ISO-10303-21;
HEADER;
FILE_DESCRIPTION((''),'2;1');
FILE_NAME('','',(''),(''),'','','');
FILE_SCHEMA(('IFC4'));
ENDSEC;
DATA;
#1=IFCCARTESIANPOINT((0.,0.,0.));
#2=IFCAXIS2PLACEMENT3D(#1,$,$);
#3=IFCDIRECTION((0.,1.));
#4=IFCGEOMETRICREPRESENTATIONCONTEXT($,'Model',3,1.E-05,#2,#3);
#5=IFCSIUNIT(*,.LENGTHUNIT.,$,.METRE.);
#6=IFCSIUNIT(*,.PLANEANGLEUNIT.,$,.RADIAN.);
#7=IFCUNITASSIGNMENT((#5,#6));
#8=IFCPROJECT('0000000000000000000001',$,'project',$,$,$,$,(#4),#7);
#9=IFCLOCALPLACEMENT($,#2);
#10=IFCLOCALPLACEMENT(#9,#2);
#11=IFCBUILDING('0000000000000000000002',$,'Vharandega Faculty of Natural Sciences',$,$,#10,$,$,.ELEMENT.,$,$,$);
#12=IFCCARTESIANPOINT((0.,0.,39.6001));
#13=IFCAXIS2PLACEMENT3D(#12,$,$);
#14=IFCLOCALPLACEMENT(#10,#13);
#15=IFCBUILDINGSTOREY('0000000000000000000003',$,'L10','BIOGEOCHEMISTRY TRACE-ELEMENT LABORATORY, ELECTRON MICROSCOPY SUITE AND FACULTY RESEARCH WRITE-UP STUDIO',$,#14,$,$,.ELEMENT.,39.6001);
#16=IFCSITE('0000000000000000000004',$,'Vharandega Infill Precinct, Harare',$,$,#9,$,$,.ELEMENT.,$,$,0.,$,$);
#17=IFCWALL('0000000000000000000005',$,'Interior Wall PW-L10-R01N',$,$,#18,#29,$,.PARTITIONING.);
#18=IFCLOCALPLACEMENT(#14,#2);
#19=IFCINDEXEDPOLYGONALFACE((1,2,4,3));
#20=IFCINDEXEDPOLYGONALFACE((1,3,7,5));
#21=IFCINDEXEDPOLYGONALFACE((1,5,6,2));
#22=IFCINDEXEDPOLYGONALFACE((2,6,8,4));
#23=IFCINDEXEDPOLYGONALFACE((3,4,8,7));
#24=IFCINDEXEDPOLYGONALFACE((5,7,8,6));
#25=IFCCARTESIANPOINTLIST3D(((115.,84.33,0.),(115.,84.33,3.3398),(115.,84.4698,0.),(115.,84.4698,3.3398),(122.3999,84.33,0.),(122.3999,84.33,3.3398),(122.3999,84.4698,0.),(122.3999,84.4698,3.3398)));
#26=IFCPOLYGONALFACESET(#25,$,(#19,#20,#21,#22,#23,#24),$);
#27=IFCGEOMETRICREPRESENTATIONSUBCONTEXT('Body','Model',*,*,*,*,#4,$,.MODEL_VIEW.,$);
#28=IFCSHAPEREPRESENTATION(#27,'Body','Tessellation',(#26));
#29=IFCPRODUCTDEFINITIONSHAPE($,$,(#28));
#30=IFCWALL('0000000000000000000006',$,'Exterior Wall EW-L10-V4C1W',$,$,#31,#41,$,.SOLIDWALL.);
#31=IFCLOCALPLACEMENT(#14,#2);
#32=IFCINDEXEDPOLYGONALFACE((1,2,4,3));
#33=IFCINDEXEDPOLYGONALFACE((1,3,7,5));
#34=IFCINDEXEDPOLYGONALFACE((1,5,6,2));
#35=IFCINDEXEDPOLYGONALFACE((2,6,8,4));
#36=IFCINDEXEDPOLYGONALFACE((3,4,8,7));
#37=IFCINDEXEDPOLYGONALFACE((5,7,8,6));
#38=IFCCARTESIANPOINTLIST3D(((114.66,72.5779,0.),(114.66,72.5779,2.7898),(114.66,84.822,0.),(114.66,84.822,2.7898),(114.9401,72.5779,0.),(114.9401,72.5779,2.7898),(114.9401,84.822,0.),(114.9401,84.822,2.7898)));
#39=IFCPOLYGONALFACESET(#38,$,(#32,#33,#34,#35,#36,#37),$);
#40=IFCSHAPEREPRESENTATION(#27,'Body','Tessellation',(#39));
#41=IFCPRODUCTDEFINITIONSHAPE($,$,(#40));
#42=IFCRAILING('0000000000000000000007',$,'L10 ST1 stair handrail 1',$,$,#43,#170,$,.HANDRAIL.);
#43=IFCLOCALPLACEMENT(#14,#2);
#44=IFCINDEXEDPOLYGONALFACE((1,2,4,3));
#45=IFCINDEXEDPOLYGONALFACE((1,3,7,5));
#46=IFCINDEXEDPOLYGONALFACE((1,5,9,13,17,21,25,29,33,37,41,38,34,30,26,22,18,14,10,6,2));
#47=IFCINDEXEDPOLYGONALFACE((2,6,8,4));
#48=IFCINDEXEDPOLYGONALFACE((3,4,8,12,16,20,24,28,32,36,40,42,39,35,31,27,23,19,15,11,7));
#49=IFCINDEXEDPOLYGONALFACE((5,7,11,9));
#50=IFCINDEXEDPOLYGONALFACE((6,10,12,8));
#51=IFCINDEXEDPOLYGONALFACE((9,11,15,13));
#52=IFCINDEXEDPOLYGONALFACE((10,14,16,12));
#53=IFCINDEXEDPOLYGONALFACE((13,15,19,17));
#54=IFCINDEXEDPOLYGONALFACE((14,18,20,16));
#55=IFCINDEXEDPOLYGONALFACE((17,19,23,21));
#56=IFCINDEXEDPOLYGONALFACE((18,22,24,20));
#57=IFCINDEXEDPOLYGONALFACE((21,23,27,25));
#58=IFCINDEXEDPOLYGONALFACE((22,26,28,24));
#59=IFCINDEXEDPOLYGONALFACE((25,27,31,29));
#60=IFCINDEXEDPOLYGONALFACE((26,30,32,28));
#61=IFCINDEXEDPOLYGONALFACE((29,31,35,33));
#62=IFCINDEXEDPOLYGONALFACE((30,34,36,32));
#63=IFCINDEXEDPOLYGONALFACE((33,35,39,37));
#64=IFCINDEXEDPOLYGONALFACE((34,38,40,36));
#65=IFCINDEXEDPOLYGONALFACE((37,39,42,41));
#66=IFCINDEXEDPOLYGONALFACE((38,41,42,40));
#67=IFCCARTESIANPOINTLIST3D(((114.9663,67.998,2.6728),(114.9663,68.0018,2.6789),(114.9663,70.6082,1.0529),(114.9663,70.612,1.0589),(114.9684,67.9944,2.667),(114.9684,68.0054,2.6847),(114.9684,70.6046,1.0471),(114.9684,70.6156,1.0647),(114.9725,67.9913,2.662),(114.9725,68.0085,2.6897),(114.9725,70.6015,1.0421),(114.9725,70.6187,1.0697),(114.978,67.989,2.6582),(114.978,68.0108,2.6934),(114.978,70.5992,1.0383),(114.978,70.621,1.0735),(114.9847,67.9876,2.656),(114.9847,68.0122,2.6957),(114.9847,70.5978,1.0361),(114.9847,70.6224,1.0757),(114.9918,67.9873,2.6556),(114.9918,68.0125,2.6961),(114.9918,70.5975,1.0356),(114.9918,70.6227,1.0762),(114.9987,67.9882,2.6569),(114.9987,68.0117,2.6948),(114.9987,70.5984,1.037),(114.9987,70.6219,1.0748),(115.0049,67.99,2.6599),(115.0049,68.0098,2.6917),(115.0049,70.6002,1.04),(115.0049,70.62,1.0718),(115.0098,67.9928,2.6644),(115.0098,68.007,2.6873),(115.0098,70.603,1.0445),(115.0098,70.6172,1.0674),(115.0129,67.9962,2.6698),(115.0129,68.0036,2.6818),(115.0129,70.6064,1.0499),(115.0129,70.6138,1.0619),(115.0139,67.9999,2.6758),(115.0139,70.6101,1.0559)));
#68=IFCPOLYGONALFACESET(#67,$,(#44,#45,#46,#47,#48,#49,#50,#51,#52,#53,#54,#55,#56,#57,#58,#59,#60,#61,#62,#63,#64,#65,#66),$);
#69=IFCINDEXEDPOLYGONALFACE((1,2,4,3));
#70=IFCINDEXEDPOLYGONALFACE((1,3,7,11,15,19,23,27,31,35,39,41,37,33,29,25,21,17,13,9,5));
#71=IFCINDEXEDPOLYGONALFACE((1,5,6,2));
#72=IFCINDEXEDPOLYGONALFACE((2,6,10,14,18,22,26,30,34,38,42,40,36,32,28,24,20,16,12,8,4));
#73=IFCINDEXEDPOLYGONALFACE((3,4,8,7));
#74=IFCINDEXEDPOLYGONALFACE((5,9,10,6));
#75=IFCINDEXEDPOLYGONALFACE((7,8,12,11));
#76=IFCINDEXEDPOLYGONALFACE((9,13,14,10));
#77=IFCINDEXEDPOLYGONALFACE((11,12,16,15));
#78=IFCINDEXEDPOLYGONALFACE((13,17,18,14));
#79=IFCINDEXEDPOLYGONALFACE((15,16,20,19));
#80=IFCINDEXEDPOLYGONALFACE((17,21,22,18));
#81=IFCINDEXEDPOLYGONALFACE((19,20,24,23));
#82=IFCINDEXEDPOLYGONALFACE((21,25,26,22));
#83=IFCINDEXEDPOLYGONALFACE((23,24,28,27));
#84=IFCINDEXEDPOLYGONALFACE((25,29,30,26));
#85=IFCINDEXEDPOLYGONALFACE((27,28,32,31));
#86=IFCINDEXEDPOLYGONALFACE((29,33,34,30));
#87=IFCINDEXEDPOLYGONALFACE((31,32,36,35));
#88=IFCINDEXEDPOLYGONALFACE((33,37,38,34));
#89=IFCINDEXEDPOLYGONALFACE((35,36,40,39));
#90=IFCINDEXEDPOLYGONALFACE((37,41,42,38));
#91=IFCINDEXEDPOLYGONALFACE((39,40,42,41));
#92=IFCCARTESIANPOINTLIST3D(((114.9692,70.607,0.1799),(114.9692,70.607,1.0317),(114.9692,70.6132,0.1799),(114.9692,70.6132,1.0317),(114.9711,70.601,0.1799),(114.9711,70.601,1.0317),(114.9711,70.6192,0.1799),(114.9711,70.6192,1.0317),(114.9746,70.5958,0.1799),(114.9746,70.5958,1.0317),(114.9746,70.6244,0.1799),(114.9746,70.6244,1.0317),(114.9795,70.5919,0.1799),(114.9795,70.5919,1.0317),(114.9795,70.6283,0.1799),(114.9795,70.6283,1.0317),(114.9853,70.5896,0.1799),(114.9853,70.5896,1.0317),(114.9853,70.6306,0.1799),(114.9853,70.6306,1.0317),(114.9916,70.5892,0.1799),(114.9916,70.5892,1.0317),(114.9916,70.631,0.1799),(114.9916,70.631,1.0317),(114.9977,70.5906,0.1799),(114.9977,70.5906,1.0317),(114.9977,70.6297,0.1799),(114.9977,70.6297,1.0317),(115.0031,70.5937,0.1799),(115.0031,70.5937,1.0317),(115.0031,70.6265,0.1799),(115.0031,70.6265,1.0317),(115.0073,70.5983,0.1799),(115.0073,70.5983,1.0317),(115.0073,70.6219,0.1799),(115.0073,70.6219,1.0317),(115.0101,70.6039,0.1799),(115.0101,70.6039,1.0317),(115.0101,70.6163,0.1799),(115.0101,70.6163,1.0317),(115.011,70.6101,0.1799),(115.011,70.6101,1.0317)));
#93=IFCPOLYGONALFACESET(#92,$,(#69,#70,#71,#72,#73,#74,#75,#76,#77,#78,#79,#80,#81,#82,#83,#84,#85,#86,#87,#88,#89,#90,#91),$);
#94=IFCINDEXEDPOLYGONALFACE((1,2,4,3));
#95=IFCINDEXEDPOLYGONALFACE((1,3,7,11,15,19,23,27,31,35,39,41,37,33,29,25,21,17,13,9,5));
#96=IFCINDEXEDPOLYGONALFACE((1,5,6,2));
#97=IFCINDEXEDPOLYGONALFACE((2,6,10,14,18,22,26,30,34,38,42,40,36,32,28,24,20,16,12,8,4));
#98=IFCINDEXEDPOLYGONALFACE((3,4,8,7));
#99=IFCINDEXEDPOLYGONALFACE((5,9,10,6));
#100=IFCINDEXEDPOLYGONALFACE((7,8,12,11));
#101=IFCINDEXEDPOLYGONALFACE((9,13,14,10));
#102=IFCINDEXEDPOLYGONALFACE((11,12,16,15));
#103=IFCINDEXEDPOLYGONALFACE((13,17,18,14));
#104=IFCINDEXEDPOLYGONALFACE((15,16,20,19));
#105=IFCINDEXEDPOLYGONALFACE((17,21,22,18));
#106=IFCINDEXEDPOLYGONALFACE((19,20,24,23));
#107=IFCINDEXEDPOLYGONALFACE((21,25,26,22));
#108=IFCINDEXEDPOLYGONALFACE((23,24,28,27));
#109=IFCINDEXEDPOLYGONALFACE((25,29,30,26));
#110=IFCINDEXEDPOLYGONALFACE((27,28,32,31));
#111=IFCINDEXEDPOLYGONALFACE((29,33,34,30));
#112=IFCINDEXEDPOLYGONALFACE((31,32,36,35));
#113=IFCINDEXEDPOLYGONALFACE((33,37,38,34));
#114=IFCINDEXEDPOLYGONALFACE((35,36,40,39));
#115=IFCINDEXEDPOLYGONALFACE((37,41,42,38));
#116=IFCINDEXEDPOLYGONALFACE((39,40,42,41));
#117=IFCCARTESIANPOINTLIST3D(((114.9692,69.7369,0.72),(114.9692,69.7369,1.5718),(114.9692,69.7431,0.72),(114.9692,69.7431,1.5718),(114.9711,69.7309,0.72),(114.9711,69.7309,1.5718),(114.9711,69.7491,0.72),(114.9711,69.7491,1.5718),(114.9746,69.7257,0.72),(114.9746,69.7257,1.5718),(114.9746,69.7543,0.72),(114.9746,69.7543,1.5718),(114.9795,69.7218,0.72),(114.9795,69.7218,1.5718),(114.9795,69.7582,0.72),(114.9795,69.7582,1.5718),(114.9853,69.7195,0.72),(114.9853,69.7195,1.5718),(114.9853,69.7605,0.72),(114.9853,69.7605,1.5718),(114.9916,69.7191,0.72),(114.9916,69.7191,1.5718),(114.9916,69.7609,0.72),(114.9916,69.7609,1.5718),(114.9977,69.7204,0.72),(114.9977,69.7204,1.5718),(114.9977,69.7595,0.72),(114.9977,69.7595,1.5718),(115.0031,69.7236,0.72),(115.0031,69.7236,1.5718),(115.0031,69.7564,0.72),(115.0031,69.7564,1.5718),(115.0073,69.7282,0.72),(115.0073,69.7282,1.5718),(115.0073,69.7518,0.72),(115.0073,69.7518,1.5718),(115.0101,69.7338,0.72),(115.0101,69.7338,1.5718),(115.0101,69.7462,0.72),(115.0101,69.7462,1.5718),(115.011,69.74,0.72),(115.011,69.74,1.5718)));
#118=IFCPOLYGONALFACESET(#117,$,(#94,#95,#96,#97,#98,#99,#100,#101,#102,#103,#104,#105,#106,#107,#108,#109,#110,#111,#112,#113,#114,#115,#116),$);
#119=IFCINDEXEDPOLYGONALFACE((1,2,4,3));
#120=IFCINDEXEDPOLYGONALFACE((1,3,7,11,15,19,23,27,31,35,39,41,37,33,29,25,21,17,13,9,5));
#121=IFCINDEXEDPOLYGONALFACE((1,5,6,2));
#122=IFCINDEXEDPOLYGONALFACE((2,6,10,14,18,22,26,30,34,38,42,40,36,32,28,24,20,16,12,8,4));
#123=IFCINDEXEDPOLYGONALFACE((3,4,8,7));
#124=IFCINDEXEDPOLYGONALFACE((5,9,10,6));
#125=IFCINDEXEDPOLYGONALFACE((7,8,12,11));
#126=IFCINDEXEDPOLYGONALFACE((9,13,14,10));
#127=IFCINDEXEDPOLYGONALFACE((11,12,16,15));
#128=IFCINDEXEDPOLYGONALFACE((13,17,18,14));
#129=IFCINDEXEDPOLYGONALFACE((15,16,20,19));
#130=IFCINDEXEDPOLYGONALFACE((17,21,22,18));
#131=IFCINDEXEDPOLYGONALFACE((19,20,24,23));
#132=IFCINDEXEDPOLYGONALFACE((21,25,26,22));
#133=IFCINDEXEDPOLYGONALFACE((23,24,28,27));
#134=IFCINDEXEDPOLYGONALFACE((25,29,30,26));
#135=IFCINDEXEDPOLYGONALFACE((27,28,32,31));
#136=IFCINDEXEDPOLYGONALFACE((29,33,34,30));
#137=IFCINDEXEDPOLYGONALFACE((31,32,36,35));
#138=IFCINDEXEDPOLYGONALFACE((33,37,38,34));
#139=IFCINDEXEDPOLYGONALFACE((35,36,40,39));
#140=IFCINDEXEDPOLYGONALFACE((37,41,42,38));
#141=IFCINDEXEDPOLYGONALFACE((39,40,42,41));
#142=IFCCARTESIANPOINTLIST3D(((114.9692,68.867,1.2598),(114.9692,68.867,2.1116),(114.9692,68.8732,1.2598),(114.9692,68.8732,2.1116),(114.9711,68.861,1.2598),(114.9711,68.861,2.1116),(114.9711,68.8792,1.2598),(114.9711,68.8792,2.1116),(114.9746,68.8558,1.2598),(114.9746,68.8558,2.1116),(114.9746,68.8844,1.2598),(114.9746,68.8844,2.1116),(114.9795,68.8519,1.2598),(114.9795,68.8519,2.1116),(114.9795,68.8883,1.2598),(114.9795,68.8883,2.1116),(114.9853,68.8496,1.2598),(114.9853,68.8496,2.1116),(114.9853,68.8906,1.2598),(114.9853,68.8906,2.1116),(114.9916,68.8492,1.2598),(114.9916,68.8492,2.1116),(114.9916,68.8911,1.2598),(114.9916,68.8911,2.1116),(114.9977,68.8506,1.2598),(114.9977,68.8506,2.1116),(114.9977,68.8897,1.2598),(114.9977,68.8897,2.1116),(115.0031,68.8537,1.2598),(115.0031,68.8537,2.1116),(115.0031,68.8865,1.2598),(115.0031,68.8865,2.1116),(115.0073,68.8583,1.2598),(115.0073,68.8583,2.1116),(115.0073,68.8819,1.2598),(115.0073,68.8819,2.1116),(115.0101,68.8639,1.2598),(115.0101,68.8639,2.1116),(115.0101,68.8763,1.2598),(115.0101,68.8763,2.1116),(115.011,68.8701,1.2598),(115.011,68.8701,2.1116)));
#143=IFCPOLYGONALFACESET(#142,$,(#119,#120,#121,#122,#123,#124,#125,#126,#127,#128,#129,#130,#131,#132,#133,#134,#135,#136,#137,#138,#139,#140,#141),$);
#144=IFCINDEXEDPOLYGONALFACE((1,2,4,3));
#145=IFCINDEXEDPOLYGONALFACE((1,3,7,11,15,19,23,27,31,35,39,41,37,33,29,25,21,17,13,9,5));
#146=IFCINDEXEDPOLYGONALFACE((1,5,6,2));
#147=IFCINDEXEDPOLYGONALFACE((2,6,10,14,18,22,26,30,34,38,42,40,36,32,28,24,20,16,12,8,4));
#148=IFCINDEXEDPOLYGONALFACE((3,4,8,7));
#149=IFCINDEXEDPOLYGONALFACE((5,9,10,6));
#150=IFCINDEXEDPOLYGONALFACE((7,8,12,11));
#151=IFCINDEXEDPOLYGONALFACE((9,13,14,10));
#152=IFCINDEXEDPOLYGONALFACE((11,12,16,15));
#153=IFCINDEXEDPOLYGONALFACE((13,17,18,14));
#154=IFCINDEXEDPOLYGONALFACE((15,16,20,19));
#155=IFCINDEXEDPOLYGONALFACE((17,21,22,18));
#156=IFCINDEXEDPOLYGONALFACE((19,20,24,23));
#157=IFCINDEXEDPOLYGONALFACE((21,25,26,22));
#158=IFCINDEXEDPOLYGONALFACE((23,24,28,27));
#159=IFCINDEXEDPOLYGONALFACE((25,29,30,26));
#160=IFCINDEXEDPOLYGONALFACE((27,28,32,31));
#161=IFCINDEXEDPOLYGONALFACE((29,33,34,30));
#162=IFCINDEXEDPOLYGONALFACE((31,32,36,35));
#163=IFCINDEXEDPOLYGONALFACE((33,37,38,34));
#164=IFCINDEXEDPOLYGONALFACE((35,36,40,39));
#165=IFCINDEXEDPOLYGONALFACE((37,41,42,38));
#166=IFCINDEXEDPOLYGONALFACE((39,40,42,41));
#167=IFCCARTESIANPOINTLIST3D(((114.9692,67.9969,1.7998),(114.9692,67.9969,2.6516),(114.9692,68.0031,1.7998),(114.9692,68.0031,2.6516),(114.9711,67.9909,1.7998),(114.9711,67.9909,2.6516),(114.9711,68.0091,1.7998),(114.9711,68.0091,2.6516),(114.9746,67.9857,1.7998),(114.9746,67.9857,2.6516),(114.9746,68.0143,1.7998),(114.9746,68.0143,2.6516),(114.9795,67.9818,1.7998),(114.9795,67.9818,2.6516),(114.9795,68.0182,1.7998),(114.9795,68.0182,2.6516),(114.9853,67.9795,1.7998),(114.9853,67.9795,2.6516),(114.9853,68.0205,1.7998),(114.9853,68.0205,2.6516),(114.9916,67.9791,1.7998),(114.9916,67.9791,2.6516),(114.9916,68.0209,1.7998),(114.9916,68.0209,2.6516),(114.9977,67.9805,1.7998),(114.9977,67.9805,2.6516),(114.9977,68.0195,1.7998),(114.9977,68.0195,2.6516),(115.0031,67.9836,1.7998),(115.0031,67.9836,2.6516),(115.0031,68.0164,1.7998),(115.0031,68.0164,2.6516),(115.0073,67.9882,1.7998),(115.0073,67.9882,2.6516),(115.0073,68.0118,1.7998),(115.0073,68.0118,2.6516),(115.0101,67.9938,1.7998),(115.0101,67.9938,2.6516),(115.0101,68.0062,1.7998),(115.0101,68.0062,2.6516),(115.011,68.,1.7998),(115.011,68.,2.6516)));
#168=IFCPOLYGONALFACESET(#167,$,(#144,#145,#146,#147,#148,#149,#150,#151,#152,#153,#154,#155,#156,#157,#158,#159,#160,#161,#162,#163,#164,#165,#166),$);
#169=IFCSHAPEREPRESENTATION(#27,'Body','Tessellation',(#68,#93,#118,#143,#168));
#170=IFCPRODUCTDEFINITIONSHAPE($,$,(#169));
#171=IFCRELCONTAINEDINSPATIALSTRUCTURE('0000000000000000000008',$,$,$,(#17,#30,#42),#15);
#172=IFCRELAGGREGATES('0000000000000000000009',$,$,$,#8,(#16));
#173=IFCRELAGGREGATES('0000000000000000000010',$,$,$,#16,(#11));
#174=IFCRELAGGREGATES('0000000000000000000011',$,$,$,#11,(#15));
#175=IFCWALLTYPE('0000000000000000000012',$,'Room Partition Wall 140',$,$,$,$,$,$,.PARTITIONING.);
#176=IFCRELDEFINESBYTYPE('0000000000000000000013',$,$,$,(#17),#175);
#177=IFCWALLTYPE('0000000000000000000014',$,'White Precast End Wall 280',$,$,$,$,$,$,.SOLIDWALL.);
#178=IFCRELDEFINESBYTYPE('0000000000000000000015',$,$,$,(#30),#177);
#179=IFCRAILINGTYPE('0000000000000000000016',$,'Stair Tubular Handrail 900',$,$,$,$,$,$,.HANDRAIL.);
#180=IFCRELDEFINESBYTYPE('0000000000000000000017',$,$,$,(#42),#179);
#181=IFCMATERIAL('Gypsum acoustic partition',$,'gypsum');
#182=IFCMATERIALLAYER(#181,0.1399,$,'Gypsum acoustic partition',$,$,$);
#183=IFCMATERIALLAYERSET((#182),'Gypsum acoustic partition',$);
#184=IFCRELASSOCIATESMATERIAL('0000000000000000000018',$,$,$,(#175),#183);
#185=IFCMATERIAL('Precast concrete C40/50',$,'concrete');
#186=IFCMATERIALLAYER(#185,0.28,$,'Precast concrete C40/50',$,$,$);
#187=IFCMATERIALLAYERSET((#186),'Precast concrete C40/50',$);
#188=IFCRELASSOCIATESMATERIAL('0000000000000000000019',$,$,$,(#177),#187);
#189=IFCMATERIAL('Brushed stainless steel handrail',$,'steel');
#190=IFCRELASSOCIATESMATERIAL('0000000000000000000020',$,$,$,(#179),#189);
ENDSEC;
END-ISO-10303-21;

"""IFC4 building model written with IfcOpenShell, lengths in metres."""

from ifc_helpers import new_model, si_unit, direction, frame, frame_2d, origin, origin_2d, place, context, subcontext, project, spatial, rectangle, circle, extrude, material, layer, layer_set, type_object, element, save


model = new_model("IFC4")

# Units and contexts
model_context = context("Model", 3, precision=1e-05, world=origin(), true_north=direction((0.0, 1.0)))
body_context = subcontext(model_context, "Body", "Model", "MODEL_VIEW")
ifc_project = project(units=[si_unit("LENGTHUNIT", "METRE"), si_unit("PLANEANGLEUNIT", "RADIAN")], contexts=[model_context])

# Site, building, storey
site_placement = place(None, origin())
site = spatial("IfcSite", under=ifc_project, at=site_placement, Name="Vharandega Infill Precinct, Harare", CompositionType="ELEMENT", RefElevation=0.0)
building_placement = place(site_placement, origin())
building = spatial("IfcBuilding", under=site, at=building_placement, Name="Vharandega Faculty of Natural Sciences", CompositionType="ELEMENT")
storey_placement = place(building_placement, frame((0.0, 0.0, 39.6001)))
storey = spatial("IfcBuildingStorey", under=building, at=storey_placement, Name="L10", Description="BIOGEOCHEMISTRY TRACE-ELEMENT LABORATORY, ELECTRON MICROSCOPY SUITE AND FACULTY RESEARCH WRITE-UP STUDIO", CompositionType="ELEMENT", Elevation=39.6001)

# Shared definitions
ifc_material_1 = material(Name="Gypsum acoustic partition", Category="gypsum")
ifc_layer_1 = layer(ifc_material_1, 0.1399, Name="Gypsum acoustic partition")
ifc_layer_set_1 = layer_set([ifc_layer_1], Name="Gypsum acoustic partition")
wall_type_1 = type_object("IfcWallType", Name="Room Partition Wall 140", PredefinedType="PARTITIONING", material=ifc_layer_set_1)

# Walls
wall_1_placement = place(storey_placement, frame((115.0, 84.3999, 0.0), z_axis=(0.0, 0.0, 1.0), x_axis=(1.0, 0.0, 0.0)))
element("IfcWall", 1, at=wall_1_placement, inside=storey, type_object=wall_type_1, Name="Interior Wall PW-L10-R01N", PredefinedType="PARTITIONING", context=body_context, shape_type="SweptSolid", body=[
    extrude(rectangle(XDim=7.3999, YDim=0.1399, at=frame_2d((3.7, 0.0))), origin(), (0.0, 0.0, 1.0), 3.3398),
])
ifc_material_2 = material(Name="Precast concrete C40/50", Category="concrete")
ifc_layer_2 = layer(ifc_material_2, 0.28, Name="Precast concrete C40/50")
ifc_layer_set_2 = layer_set([ifc_layer_2], Name="Precast concrete C40/50")
wall_type_2 = type_object("IfcWallType", Name="White Precast End Wall 280", PredefinedType="SOLIDWALL", material=ifc_layer_set_2)
wall_2_placement = place(storey_placement, frame((114.8, 72.5779, 0.0), z_axis=(0.0, 0.0, 1.0), x_axis=(0.0, 1.0, 0.0)))
element("IfcWall", 2, at=wall_2_placement, inside=storey, type_object=wall_type_2, Name="Exterior Wall EW-L10-V4C1W", PredefinedType="SOLIDWALL", context=body_context, shape_type="SweptSolid", body=[
    extrude(rectangle(XDim=12.2441, YDim=0.28, at=frame_2d((6.1221, 0.0))), origin(), (0.0, 0.0, 1.0), 2.7898),
])

# Railing
ifc_material_3 = material(Name="Brushed stainless steel handrail", Category="steel")
railing_type_1 = type_object("IfcRailingType", Name="Stair Tubular Handrail 900", PredefinedType="HANDRAIL", material=ifc_material_3)
railing_1_placement = place(storey_placement, frame((114.99, 70.6101, 0.1799)))
element("IfcRailing", 3, at=railing_1_placement, inside=storey, type_object=railing_type_1, Name="L10 ST1 stair handrail 1", PredefinedType="HANDRAIL", context=body_context, shape_type="SweptSolid", body=[
    extrude(circle(Radius=0.0239, at=origin_2d()), frame((0.0, 0.0, 0.876), z_axis=(0.0, -0.849668, 0.527317), x_axis=(1.0, 0.0, 0.0)), (0.0, 0.0, 1.0), 3.072),
    extrude(circle(Radius=0.021, at=origin_2d()), origin(), (0.0, 0.0, 1.0), 0.8518),
    extrude(circle(Radius=0.021, at=origin_2d()), frame((0.0, -0.8701, 0.54)), (0.0, 0.0, 1.0), 0.8518),
    extrude(circle(Radius=0.021, at=origin_2d()), frame((0.0, -1.74, 1.0798)), (0.0, 0.0, 1.0), 0.8518),
    extrude(circle(Radius=0.021, at=origin_2d()), frame((0.0, -2.6101, 1.6199)), (0.0, 0.0, 1.0), 0.8518),
])

save(model, "model.ifc")
